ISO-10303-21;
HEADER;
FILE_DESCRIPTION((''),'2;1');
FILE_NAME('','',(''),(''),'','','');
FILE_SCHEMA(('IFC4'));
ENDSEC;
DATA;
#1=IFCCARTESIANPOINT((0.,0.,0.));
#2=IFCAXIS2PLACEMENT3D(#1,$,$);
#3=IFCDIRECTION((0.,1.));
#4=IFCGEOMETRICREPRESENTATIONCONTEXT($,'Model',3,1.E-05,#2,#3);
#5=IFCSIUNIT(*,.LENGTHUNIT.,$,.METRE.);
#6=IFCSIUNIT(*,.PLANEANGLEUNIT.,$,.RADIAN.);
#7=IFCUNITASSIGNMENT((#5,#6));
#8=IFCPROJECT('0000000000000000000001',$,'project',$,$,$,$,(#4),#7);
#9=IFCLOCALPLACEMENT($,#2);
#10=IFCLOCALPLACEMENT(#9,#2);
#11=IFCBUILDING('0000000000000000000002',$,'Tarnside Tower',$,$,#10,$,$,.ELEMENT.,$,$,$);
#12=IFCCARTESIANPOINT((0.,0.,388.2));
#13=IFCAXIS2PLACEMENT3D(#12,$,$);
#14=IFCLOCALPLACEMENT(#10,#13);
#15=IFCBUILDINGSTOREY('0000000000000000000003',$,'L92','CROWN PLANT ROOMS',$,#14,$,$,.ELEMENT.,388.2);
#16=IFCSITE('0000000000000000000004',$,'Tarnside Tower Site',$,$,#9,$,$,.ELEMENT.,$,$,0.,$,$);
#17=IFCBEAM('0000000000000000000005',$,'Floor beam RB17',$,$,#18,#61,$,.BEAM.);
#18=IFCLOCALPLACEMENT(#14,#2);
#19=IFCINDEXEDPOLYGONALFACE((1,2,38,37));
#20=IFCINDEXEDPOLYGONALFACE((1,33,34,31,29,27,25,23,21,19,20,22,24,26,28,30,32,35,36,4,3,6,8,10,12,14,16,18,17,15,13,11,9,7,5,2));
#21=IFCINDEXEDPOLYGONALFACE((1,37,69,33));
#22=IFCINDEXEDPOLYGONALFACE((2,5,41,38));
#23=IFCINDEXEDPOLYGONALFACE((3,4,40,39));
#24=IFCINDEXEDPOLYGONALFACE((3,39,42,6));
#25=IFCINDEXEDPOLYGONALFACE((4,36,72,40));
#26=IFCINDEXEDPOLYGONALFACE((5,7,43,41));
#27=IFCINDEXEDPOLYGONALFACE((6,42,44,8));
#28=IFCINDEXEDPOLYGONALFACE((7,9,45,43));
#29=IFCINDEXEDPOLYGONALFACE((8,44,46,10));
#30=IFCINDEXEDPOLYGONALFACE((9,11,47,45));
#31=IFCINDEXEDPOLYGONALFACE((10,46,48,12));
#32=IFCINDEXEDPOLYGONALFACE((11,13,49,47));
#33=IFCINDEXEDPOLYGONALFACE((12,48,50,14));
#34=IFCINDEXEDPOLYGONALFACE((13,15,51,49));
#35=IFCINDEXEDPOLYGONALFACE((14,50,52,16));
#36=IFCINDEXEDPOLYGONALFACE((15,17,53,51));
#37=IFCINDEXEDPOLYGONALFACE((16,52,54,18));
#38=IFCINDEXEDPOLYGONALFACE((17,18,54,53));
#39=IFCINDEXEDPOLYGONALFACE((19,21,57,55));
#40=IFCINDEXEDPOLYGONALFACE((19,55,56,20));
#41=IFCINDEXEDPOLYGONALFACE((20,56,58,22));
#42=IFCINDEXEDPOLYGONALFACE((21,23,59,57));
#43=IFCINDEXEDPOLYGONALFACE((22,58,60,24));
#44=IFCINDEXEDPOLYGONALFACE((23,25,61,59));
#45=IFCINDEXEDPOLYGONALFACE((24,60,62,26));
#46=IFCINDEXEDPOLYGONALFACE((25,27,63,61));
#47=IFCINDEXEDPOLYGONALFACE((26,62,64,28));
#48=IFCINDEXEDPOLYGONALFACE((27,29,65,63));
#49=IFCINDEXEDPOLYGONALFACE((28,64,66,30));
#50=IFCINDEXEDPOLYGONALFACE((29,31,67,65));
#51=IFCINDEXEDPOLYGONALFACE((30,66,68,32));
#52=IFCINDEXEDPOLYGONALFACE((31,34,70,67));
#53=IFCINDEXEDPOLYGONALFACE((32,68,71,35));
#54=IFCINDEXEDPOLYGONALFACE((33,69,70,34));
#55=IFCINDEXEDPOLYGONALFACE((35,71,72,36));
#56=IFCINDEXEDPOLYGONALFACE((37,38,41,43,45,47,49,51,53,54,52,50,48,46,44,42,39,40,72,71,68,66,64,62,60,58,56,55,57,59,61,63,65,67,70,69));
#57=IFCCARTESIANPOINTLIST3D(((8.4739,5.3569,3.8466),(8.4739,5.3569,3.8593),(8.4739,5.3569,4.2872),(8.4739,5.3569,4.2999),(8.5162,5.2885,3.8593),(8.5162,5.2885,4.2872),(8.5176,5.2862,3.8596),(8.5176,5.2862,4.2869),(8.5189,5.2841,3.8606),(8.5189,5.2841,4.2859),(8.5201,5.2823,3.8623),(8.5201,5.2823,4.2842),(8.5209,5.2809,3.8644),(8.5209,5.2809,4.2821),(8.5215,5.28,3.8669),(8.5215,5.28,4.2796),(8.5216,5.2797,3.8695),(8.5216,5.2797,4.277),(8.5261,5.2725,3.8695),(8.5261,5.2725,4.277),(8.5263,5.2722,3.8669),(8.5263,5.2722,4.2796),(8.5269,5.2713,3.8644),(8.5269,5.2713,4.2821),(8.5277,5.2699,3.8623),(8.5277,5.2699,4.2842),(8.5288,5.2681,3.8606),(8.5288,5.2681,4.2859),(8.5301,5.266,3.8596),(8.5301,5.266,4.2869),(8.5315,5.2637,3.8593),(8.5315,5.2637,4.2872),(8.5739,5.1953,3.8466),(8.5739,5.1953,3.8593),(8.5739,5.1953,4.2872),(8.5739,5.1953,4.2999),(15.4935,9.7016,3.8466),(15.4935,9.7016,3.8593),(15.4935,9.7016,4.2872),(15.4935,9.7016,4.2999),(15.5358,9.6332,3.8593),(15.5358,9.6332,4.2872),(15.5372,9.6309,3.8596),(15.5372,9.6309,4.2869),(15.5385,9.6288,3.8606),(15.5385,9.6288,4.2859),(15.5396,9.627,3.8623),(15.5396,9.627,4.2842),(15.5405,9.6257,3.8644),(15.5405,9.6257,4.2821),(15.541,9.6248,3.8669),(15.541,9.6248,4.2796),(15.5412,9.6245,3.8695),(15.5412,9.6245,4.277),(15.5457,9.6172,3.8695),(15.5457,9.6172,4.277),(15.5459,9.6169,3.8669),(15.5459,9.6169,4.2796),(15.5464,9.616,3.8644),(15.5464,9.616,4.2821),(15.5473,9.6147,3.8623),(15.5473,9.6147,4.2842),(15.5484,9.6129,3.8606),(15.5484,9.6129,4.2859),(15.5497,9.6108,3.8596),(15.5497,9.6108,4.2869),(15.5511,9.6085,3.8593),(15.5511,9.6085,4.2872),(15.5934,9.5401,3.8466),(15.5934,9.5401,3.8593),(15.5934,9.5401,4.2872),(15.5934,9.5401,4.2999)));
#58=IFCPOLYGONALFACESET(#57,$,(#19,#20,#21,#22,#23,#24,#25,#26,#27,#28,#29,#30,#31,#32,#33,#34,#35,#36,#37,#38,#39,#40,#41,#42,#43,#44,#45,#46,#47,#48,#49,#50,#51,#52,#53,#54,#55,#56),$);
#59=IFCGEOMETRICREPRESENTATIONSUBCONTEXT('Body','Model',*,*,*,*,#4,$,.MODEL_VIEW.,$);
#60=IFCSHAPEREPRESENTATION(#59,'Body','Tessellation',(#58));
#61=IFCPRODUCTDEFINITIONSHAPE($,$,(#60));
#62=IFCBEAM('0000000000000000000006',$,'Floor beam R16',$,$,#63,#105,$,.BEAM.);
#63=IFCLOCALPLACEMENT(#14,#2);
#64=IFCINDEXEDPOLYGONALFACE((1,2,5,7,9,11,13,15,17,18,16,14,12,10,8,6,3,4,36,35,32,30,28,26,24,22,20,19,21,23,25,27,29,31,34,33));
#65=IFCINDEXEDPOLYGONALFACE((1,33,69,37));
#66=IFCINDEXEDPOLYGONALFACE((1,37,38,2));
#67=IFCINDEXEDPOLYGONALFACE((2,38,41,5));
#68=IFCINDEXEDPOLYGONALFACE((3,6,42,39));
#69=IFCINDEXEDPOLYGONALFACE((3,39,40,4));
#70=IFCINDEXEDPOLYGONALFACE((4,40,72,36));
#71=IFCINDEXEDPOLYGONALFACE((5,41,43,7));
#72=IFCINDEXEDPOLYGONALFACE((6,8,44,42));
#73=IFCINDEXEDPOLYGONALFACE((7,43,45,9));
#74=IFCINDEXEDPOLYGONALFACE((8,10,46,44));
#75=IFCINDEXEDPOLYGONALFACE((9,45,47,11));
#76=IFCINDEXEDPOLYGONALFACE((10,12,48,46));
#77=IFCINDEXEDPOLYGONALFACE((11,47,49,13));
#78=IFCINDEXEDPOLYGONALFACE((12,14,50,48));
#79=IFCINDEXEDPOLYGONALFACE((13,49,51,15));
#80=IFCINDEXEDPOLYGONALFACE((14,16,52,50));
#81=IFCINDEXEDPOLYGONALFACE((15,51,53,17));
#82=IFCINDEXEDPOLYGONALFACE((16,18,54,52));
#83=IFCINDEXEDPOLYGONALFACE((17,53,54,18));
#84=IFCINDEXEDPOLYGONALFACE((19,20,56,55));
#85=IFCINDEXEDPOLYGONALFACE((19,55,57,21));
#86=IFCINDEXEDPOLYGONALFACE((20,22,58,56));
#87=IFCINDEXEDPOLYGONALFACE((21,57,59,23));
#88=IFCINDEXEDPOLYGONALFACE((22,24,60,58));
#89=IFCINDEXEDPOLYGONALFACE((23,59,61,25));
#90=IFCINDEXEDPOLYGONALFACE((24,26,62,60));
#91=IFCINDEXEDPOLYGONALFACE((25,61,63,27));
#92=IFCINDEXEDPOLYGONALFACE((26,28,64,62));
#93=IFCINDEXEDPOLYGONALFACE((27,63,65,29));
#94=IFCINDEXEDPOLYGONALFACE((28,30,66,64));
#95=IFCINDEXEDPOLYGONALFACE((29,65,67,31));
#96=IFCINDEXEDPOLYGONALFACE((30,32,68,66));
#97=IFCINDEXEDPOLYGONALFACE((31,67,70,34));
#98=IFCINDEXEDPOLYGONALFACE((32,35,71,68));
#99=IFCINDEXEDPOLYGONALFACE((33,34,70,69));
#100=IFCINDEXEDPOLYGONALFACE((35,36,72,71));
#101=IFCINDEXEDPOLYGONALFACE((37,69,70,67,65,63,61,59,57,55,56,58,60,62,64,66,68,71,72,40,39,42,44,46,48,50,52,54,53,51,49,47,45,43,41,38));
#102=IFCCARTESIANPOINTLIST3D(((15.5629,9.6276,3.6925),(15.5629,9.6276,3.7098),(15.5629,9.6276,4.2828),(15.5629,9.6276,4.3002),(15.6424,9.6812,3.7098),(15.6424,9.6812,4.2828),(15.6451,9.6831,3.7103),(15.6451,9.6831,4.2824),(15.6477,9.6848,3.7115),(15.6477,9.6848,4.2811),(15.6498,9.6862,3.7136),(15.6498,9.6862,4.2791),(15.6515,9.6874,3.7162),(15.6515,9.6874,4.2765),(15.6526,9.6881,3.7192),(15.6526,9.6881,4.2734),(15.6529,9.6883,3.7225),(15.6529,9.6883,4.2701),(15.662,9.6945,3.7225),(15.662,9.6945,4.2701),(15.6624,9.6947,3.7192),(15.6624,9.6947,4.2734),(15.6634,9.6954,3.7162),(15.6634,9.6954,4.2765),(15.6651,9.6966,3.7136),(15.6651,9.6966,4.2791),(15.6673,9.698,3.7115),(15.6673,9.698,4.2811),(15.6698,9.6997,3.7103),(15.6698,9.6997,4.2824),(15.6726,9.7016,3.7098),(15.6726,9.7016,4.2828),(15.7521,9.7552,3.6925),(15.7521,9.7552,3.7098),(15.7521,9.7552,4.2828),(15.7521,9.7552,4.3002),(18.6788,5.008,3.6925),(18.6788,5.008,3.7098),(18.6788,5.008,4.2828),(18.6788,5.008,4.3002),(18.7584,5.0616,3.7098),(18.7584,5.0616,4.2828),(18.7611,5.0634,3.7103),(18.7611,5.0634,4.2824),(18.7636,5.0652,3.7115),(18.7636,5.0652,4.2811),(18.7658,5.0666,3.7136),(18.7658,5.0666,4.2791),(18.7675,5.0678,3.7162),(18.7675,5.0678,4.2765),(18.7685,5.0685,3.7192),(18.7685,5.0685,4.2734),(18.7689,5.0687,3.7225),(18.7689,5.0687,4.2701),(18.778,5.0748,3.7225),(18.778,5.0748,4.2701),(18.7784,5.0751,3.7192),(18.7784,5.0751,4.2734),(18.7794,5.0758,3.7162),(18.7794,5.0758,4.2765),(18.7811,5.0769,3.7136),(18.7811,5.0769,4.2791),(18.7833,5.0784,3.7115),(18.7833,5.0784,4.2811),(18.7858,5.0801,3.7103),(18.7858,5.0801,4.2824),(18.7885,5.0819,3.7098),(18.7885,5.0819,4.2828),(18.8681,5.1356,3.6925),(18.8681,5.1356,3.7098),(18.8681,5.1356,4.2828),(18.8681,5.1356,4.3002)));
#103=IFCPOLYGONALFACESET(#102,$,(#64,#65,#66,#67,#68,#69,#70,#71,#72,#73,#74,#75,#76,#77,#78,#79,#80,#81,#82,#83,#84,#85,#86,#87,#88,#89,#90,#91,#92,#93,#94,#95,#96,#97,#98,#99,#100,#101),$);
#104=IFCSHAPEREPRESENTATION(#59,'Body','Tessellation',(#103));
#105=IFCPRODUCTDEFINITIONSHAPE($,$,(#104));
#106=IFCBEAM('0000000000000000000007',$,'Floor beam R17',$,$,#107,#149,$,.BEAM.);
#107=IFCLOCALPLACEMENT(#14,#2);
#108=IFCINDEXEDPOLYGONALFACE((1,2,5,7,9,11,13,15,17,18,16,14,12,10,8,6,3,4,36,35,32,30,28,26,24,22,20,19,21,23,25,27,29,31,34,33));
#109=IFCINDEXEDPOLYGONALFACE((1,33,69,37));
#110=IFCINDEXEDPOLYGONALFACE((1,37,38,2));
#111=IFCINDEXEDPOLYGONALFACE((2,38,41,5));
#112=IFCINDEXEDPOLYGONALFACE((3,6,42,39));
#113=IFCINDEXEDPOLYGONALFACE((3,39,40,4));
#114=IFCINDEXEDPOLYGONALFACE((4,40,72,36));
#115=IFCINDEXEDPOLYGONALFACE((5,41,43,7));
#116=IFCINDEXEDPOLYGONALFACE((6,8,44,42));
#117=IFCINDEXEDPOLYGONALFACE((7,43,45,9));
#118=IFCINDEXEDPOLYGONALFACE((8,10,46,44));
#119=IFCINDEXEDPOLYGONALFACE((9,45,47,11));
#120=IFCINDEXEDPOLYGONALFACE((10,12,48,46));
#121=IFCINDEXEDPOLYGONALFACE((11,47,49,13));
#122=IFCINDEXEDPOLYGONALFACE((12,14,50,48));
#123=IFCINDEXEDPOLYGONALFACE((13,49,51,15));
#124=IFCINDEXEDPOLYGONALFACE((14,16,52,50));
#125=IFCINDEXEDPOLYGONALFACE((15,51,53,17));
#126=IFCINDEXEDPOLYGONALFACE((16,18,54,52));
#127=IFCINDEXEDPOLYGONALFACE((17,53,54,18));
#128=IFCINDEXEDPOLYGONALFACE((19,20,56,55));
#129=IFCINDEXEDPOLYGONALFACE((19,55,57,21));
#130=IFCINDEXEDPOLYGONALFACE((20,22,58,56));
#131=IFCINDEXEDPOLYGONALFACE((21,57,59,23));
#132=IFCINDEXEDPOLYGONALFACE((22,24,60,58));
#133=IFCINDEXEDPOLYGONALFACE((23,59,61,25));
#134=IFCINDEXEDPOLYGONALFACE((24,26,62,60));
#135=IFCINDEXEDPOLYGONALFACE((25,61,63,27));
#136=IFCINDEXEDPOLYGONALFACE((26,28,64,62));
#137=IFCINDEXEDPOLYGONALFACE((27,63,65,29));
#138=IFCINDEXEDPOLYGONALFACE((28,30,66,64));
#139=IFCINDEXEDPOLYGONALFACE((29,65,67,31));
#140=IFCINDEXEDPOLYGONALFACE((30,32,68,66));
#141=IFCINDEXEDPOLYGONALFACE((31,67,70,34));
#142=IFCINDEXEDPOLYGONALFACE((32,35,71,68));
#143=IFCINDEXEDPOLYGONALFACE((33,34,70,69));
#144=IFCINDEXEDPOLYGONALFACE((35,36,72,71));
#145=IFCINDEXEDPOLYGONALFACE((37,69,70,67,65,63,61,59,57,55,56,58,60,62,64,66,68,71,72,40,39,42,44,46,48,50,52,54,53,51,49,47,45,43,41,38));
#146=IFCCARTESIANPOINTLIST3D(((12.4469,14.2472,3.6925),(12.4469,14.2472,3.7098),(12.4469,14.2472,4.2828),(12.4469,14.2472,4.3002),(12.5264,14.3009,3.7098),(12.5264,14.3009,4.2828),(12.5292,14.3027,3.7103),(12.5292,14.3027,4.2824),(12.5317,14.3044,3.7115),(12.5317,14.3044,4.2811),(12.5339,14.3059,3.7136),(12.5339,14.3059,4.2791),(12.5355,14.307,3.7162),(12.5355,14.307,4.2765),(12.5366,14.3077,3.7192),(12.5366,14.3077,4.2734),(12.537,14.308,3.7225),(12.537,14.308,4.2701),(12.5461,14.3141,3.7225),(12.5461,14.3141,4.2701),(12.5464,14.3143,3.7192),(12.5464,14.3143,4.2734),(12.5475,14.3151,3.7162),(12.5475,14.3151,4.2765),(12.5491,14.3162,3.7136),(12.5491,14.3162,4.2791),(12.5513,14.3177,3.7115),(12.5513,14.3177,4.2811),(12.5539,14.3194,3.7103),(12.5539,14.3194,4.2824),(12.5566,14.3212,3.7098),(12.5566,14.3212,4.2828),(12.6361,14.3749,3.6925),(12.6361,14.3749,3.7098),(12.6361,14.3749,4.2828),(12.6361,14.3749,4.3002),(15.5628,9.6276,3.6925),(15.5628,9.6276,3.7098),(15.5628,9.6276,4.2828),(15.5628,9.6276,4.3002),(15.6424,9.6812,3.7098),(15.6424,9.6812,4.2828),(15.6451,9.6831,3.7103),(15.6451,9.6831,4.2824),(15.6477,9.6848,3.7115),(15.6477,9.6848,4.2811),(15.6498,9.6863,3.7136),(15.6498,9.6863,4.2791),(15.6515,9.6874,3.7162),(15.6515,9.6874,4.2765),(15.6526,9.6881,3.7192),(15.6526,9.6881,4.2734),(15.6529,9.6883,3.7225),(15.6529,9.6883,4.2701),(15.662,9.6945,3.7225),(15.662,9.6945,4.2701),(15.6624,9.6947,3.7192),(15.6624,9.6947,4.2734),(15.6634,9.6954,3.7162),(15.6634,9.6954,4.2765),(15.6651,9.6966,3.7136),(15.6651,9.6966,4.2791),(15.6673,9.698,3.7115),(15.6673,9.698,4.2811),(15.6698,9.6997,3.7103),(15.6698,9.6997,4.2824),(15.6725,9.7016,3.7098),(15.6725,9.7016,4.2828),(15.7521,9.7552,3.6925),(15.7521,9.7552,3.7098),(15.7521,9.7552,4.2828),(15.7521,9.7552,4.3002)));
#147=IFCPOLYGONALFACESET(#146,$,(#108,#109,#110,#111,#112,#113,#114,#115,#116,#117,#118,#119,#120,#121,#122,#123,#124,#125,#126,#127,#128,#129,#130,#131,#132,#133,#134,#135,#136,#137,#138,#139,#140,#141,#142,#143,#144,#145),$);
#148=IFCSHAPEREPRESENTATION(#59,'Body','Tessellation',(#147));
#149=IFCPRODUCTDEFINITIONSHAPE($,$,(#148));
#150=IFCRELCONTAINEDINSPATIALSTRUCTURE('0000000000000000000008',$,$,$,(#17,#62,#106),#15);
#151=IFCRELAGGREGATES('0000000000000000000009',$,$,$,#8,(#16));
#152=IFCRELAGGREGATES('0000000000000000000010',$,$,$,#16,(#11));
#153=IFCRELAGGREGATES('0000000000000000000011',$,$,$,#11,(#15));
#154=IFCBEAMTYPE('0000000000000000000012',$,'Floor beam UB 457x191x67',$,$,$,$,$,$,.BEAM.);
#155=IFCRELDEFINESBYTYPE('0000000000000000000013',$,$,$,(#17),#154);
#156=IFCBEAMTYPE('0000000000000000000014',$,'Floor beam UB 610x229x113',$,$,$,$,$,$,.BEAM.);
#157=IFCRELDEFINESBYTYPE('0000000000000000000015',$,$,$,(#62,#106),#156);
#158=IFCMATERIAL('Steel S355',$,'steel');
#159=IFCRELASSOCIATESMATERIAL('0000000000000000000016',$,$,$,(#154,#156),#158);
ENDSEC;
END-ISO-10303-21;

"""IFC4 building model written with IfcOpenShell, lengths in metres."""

from ifc_helpers import new_model, si_unit, direction, frame, origin, origin_2d, place, context, subcontext, project, spatial, i_section, extrude, material, material_profile, profile_set, type_object, element, save


model = new_model("IFC4")

# Units and contexts
model_context = context("Model", 3, precision=1e-05, world=origin(), true_north=direction((0.0, 1.0)))
body_context = subcontext(model_context, "Body", "Model", "MODEL_VIEW")
ifc_project = project(units=[si_unit("LENGTHUNIT", "METRE"), si_unit("PLANEANGLEUNIT", "RADIAN")], contexts=[model_context])

# Site, building, storey
site_placement = place(None, origin())
site = spatial("IfcSite", under=ifc_project, at=site_placement, Name="Tarnside Tower Site", CompositionType="ELEMENT", RefElevation=0.0)
building_placement = place(site_placement, origin())
building = spatial("IfcBuilding", under=site, at=building_placement, Name="Tarnside Tower", CompositionType="ELEMENT")
storey_placement = place(building_placement, frame((0.0, 0.0, 388.2)))
storey = spatial("IfcBuildingStorey", under=building, at=storey_placement, Name="L92", Description="CROWN PLANT ROOMS", CompositionType="ELEMENT", Elevation=388.2)

# Beams
ifc_material_1 = material(Name="Steel S355", Category="steel")
ifc_material_profile_1 = material_profile(ifc_material_1, i_section(OverallWidth=0.1899, OverallDepth=0.4534, WebThickness=0.0085, FlangeThickness=0.0127, FilletRadius=0.0103, at=origin_2d()), Name="UB 457x191x67")
ifc_profile_set_1 = profile_set([ifc_material_profile_1], Name="Steel S355")
beam_type_1 = type_object("IfcBeamType", Name="Floor beam UB 457x191x67", PredefinedType="BEAM", material=ifc_profile_set_1)
beam_placement = place(storey_placement, frame((15.5435, 9.6208, 4.0732), z_axis=(-0.850303, -0.526294, 0.0), x_axis=(0.526294, -0.850303, 0.0)))
element("IfcBeam", 1, at=beam_placement, inside=storey, type_object=beam_type_1, Name="Floor beam RB17", PredefinedType="BEAM", context=body_context, shape_type="SweptSolid", body=[
    extrude(i_section(OverallWidth=0.1899, OverallDepth=0.4534, WebThickness=0.0085, FlangeThickness=0.0127, FilletRadius=0.0103, at=origin_2d()), origin(), (0.0, 0.0, 1.0), 8.2554),
])
ifc_material_profile_2 = material_profile(ifc_material_1, i_section(OverallWidth=0.2283, OverallDepth=0.6077, WebThickness=0.011, FlangeThickness=0.0173, FilletRadius=0.0127, at=origin_2d()), Name="UB 610x229x113")
ifc_profile_set_2 = profile_set([ifc_material_profile_2], Name="Steel S355")
beam_type_2 = type_object("IfcBeamType", Name="Floor beam UB 610x229x113", PredefinedType="BEAM", material=ifc_profile_set_2)
for number, where, z_axis, x_axis, name in (
    (2, (18.7734, 5.0718, 3.9963), (-0.559191, 0.829039, 0.0), (-0.829039, -0.559191, 0.0), "Floor beam R16"),
    (3, (15.6575, 9.6914, 3.9963), (-0.559191, 0.829039, 0.0), (-0.829039, -0.559191, 0.0), "Floor beam R17"),
):
    element("IfcBeam", number, at=place(storey_placement, frame(where, z_axis=z_axis, x_axis=x_axis)), inside=storey, type_object=beam_type_2, Name=name, PredefinedType="BEAM", context=body_context, shape_type="SweptSolid", body=[
        extrude(i_section(OverallWidth=0.2283, OverallDepth=0.6077, WebThickness=0.011, FlangeThickness=0.0173, FilletRadius=0.0127, at=origin_2d()), origin(), (0.0, 0.0, 1.0), 5.5723),
    ])

save(model, "model.ifc")
